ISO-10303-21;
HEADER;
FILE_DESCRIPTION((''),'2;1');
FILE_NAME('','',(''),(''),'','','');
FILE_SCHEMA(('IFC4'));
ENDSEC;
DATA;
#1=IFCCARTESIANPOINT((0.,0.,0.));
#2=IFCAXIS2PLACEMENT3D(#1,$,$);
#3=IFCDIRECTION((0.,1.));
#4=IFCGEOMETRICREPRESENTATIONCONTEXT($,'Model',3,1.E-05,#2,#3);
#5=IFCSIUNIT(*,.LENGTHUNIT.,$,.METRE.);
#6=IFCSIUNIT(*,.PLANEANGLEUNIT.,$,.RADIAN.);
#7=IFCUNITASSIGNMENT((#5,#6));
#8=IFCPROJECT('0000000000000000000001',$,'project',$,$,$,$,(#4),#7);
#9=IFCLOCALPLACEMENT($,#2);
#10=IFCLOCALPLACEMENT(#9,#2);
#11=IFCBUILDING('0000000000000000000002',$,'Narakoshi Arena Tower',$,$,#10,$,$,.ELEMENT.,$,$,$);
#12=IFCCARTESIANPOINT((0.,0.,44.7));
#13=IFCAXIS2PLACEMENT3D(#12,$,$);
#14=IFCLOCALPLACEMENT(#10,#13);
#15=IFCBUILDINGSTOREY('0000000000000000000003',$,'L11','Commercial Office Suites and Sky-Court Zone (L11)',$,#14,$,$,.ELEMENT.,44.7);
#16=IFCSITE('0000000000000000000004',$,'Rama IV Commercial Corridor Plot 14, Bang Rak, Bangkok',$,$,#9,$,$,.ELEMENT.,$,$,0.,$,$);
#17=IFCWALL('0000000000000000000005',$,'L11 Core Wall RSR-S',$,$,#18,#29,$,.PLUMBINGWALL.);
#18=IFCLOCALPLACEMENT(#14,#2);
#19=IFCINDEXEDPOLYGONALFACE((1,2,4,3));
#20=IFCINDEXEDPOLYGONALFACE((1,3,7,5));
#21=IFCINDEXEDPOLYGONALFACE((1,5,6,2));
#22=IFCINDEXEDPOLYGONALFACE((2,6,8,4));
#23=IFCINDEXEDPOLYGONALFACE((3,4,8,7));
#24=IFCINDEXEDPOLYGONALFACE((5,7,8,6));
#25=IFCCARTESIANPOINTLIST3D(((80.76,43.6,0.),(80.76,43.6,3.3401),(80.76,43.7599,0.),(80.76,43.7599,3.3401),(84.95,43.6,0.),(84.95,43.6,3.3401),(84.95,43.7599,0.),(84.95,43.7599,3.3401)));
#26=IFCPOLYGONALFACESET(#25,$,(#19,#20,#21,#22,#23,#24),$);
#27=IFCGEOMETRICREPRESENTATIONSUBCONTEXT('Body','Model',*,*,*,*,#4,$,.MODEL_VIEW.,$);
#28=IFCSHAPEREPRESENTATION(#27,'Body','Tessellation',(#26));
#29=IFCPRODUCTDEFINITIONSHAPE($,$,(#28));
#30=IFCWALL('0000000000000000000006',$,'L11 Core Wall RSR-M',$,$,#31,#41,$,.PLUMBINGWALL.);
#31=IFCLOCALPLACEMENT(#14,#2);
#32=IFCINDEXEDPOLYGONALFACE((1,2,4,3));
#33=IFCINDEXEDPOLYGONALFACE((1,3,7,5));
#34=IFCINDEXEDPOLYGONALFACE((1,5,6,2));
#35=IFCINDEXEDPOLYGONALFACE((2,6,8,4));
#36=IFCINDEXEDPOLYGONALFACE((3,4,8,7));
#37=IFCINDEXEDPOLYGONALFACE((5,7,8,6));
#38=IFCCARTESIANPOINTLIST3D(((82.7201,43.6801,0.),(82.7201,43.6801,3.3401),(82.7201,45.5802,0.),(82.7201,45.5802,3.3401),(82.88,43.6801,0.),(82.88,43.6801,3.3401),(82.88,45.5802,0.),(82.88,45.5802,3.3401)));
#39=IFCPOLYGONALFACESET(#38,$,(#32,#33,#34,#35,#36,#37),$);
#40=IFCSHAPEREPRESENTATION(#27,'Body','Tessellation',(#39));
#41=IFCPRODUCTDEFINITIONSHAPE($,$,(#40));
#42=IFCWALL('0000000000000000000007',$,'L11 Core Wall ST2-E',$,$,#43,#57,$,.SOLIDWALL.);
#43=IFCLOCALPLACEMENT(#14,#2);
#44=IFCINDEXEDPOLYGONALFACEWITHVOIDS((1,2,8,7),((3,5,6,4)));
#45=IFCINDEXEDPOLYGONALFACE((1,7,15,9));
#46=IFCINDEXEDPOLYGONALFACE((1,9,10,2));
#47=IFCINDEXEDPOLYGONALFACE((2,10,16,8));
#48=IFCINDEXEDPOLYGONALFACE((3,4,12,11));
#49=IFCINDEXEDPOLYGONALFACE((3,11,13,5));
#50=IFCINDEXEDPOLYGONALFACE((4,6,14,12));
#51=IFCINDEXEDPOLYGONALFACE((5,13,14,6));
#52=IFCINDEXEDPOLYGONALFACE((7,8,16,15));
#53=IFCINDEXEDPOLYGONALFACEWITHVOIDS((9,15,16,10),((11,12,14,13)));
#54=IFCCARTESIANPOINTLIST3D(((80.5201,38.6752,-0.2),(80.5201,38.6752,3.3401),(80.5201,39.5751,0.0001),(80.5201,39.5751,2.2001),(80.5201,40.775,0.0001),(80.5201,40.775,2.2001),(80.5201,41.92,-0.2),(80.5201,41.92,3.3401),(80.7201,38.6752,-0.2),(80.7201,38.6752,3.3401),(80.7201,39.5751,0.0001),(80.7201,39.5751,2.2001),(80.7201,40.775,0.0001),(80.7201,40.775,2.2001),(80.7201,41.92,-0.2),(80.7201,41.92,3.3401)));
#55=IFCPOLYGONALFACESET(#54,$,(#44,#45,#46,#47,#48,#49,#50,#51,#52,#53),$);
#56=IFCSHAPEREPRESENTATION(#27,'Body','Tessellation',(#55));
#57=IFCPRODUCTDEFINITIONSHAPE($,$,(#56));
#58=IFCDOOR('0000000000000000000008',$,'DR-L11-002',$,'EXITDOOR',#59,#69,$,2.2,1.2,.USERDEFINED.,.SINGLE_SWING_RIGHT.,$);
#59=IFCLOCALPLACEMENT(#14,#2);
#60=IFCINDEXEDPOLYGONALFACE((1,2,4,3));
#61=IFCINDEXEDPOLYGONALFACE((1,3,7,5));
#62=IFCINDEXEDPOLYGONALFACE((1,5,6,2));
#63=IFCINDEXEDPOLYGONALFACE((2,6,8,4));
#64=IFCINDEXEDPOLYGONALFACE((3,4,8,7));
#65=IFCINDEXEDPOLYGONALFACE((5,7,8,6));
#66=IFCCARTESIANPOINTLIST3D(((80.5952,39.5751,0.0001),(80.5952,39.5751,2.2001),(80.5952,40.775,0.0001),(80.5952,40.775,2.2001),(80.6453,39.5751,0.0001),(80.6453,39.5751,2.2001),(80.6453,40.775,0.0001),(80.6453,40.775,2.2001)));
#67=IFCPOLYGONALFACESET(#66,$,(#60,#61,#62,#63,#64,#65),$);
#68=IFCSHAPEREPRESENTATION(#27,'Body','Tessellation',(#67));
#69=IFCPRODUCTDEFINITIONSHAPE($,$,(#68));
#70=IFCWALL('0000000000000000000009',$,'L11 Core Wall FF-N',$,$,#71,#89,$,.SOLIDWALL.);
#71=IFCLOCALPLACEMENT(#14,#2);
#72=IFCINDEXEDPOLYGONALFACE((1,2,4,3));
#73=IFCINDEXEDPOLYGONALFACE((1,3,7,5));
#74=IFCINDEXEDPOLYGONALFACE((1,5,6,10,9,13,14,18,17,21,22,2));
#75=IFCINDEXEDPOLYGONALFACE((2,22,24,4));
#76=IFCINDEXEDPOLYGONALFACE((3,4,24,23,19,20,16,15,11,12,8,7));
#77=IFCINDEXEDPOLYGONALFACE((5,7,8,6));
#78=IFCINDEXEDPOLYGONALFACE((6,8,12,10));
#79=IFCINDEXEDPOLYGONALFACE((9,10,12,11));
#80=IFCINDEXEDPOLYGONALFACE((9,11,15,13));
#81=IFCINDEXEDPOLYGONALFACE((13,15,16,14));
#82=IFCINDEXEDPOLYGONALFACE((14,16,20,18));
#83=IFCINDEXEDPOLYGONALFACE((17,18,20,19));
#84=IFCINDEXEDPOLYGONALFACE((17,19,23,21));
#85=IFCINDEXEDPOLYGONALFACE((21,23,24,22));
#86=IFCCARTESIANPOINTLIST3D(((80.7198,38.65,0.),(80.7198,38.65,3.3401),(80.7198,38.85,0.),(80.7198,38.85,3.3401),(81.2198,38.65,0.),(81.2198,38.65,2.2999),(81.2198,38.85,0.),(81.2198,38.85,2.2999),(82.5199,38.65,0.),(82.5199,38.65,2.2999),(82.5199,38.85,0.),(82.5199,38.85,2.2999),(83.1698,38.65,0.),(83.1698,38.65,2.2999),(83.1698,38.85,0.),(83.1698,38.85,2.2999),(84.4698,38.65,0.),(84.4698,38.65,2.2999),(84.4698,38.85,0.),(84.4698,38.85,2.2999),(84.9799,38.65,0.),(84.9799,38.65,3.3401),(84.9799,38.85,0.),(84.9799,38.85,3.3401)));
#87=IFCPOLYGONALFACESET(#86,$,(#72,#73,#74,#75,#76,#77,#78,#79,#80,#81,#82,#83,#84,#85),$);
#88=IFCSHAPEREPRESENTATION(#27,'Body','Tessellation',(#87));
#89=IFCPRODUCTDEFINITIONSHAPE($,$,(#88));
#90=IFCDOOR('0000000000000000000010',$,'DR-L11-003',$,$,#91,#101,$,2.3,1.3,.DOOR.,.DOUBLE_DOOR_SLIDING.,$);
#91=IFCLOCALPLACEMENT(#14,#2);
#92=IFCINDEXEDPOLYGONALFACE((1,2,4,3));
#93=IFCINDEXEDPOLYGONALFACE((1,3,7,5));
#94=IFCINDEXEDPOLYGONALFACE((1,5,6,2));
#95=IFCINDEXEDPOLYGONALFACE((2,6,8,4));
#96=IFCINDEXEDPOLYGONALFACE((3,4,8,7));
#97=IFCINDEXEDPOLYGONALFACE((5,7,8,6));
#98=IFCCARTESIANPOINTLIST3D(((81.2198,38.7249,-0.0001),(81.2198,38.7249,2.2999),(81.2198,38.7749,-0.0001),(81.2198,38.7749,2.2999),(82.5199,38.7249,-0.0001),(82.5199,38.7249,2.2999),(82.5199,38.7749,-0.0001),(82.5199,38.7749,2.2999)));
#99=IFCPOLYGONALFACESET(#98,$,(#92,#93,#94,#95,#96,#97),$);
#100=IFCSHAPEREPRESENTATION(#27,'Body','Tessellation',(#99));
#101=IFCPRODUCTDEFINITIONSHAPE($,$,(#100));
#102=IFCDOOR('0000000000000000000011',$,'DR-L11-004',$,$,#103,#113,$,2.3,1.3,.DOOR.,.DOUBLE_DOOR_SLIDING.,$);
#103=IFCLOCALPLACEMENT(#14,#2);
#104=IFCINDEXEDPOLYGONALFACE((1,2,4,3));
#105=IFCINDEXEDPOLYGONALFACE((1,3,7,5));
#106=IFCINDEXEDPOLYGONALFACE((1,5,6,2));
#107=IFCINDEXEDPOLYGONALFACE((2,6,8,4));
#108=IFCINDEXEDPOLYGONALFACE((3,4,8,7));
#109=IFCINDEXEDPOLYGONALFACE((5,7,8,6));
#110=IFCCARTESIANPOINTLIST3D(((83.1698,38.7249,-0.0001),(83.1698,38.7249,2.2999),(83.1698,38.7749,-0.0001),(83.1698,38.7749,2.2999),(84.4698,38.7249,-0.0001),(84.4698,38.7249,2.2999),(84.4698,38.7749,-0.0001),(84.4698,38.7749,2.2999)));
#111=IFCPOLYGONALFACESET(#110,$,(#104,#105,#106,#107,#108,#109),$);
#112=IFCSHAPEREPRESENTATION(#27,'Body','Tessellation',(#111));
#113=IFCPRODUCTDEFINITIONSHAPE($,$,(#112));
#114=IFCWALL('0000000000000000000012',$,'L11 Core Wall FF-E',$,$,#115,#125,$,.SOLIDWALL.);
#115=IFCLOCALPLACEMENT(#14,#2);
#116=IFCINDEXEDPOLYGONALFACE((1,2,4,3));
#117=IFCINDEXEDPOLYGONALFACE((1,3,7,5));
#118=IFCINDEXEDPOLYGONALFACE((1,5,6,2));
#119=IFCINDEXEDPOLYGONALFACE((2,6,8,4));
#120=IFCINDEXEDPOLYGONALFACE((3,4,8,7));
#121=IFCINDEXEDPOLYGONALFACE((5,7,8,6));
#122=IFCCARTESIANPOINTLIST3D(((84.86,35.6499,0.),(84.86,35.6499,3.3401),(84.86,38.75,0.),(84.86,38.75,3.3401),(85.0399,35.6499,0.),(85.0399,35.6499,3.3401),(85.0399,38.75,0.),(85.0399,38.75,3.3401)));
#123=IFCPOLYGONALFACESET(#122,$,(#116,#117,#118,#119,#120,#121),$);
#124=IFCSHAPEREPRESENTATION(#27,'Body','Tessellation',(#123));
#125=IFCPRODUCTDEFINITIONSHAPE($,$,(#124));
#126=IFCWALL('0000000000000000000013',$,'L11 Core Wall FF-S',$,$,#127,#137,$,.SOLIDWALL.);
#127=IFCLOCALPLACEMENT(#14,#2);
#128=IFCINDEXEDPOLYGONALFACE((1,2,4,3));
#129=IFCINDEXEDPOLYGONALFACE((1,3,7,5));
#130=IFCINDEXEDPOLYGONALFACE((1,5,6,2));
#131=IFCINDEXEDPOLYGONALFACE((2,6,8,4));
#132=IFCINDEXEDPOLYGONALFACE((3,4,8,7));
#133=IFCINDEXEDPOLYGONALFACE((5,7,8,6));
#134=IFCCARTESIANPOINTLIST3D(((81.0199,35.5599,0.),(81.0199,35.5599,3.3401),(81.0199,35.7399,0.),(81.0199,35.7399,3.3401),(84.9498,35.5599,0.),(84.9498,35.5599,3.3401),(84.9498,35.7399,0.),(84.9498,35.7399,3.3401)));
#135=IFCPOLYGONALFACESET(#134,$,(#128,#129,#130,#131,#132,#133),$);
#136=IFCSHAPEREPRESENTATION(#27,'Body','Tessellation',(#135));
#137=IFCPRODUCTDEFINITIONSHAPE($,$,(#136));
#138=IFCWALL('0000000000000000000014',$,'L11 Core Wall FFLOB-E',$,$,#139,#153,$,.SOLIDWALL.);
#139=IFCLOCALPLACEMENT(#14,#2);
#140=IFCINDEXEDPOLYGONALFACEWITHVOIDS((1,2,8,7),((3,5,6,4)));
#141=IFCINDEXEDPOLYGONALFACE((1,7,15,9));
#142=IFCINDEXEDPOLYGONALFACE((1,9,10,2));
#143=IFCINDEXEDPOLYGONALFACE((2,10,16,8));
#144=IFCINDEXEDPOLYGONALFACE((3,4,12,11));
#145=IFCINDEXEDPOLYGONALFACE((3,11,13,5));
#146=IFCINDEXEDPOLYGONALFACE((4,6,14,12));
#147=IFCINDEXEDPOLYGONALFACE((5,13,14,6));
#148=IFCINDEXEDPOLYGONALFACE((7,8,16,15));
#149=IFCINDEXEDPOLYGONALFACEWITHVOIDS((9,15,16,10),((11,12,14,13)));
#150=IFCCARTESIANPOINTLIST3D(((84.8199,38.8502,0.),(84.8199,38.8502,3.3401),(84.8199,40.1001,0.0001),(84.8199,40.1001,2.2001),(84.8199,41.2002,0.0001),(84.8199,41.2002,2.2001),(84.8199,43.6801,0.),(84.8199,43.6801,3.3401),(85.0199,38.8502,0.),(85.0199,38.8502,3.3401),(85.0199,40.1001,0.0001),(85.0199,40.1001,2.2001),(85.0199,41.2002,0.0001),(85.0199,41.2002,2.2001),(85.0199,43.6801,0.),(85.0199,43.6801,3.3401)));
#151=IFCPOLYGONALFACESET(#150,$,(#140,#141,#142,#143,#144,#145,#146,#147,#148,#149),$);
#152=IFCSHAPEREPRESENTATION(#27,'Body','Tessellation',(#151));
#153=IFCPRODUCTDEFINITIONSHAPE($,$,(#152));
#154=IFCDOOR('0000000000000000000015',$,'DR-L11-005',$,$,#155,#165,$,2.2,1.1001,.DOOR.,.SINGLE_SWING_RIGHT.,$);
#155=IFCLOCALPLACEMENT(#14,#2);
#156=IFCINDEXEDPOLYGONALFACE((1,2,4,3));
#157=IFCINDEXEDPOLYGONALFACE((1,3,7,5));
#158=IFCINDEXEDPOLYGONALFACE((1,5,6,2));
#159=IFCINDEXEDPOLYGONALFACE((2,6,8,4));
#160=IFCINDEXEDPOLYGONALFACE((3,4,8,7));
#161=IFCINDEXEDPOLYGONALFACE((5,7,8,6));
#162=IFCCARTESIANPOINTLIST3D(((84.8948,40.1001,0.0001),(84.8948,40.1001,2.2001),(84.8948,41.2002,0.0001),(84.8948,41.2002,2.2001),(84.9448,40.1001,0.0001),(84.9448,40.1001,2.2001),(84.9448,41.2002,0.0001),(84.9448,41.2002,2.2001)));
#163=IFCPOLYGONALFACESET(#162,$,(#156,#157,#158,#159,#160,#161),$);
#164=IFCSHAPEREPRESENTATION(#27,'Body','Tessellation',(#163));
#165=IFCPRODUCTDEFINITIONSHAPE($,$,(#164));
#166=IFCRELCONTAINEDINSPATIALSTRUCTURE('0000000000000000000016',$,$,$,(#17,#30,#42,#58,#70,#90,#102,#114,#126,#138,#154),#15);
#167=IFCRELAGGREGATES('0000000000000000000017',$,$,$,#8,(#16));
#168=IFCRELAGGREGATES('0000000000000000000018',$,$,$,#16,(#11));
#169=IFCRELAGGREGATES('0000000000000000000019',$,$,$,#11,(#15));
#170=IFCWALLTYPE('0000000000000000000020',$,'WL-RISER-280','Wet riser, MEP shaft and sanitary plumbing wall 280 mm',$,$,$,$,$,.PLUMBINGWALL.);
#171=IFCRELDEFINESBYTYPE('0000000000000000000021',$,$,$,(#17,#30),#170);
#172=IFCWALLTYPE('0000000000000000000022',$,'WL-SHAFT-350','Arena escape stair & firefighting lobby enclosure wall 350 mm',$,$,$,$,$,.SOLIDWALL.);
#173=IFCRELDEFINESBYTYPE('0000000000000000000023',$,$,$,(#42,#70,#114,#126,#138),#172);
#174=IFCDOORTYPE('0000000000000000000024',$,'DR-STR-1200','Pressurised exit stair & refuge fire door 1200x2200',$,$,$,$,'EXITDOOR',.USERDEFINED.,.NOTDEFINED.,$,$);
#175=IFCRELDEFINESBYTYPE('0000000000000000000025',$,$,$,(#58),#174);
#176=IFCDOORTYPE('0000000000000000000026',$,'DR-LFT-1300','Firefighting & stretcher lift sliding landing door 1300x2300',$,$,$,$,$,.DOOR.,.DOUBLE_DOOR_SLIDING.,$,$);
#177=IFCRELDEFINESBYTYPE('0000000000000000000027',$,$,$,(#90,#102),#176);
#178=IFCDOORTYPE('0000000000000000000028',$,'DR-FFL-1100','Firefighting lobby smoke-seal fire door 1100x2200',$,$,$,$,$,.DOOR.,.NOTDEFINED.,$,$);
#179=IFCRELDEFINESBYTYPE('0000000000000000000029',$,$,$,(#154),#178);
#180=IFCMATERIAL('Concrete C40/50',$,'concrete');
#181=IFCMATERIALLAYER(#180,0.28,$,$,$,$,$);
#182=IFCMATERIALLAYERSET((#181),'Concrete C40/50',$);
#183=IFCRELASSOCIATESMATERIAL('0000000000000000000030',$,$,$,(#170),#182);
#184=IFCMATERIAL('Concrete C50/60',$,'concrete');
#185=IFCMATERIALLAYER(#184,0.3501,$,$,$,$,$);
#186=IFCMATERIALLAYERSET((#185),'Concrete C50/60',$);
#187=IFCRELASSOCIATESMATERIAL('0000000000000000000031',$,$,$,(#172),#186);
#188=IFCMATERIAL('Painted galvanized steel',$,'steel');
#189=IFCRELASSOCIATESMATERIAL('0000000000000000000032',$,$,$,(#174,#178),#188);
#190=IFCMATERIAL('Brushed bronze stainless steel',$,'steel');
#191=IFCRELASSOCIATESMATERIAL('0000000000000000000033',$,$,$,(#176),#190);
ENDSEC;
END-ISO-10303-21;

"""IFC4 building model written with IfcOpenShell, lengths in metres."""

from ifc_helpers import new_model, si_unit, direction, frame, frame_2d, origin, place, context, subcontext, project, spatial, rectangle, extrude, material, layer, layer_set, type_object, element, fill, save


model = new_model("IFC4")

# Units and contexts
model_context = context("Model", 3, precision=1e-05, world=origin(), true_north=direction((0.0, 1.0)))
body_context = subcontext(model_context, "Body", "Model", "MODEL_VIEW")
ifc_project = project(units=[si_unit("LENGTHUNIT", "METRE"), si_unit("PLANEANGLEUNIT", "RADIAN")], contexts=[model_context])

# Site, building, storey
site_placement = place(None, origin())
site = spatial("IfcSite", under=ifc_project, at=site_placement, Name="Rama IV Commercial Corridor Plot 14, Bang Rak, Bangkok", CompositionType="ELEMENT", RefElevation=0.0)
building_placement = place(site_placement, origin())
building = spatial("IfcBuilding", under=site, at=building_placement, Name="Narakoshi Arena Tower", CompositionType="ELEMENT")
storey_placement = place(building_placement, frame((0.0, 0.0, 44.7)))
storey = spatial("IfcBuildingStorey", under=building, at=storey_placement, Name="L11", Description="Commercial Office Suites and Sky-Court Zone (L11)", CompositionType="ELEMENT", Elevation=44.7)

# Walls
ifc_material_1 = material(Name="Concrete C40/50", Category="concrete")
ifc_layer_1 = layer(ifc_material_1, 0.28)
ifc_layer_set_1 = layer_set([ifc_layer_1], Name="Concrete C40/50")
wall_type_1 = type_object("IfcWallType", Name="WL-RISER-280", Description="Wet riser, MEP shaft and sanitary plumbing wall 280 mm", PredefinedType="PLUMBINGWALL", material=ifc_layer_set_1)
wall_1_placement = place(storey_placement, frame((80.76, 43.6799, 0.0), z_axis=(0.0, 0.0, 1.0), x_axis=(1.0, 0.0, 0.0)))
element("IfcWall", 1, at=wall_1_placement, inside=storey, type_object=wall_type_1, Name="L11 Core Wall RSR-S", PredefinedType="PLUMBINGWALL", context=body_context, shape_type="SweptSolid", body=[
    extrude(rectangle(XDim=4.1899, YDim=0.1599, at=frame_2d((2.095, 0.0))), origin(), (0.0, 0.0, 1.0), 3.3401),
])
wall_2_placement = place(storey_placement, frame((82.8, 43.6799, 0.0), z_axis=(0.0, 0.0, 1.0), x_axis=(0.0, 1.0, 0.0)))
element("IfcWall", 2, at=wall_2_placement, inside=storey, type_object=wall_type_1, Name="L11 Core Wall RSR-M", PredefinedType="PLUMBINGWALL", context=body_context, shape_type="SweptSolid", body=[
    extrude(rectangle(XDim=1.9001, YDim=0.1599, at=frame_2d((0.9502, 0.0))), origin(), (0.0, 0.0, 1.0), 3.3401),
])

# Wall, opening, door
ifc_material_2 = material(Name="Concrete C50/60", Category="concrete")
ifc_layer_2 = layer(ifc_material_2, 0.3501)
ifc_layer_set_2 = layer_set([ifc_layer_2], Name="Concrete C50/60")
wall_type_2 = type_object("IfcWallType", Name="WL-SHAFT-350", Description="Arena escape stair & firefighting lobby enclosure wall 350 mm", PredefinedType="SOLIDWALL", material=ifc_layer_set_2)
wall_3_placement = place(storey_placement, frame((80.6201, 38.675, -0.2), z_axis=(0.0, 0.0, 1.0), x_axis=(0.0, 1.0, 0.0)))
wall_3 = element("IfcWall", 3, at=wall_3_placement, inside=storey, type_object=wall_type_2, Name="L11 Core Wall ST2-E", PredefinedType="SOLIDWALL", context=body_context, shape_type="SweptSolid", body=[
    extrude(rectangle(XDim=3.2449, YDim=0.2, at=frame_2d((1.6226, 0.0))), origin(), (0.0, 0.0, 1.0), 3.54),
])
opening_1_placement = place(wall_3_placement, frame((0.8999, 0.0, 0.2)))
opening_1 = element("IfcOpeningElement", 4, at=opening_1_placement, cuts=wall_3, PredefinedType="OPENING", context=body_context, shape_type="SweptSolid", body=[
    extrude(rectangle(XDim=1.2, YDim=2.2, at=frame_2d((0.6001, 1.1001))), frame((0.0, 0.1099, 0.0), z_axis=(0.0, -1.0, 0.0), x_axis=(1.0, 0.0, 0.0)), (0.0, 0.0, 1.0), 0.22),
])
ifc_material_3 = material(Name="Painted galvanized steel", Category="steel")
door_type_1 = type_object("IfcDoorType", Name="DR-STR-1200", Description="Pressurised exit stair & refuge fire door 1200x2200", ElementType="EXITDOOR", OperationType="NOTDEFINED", PredefinedType="USERDEFINED", material=ifc_material_3)
door_1_placement = place(opening_1_placement, origin())
door_1 = element("IfcDoor", 5, at=door_1_placement, inside=storey, type_object=door_type_1, Name="DR-L11-002", ObjectType="EXITDOOR", OperationType="SINGLE_SWING_RIGHT", OverallHeight=2.2, OverallWidth=1.2, PredefinedType="USERDEFINED", context=body_context, shape_type="SweptSolid", body=[
    extrude(rectangle(XDim=1.2, YDim=2.2, at=frame_2d((0.6001, 1.1001))), frame((0.0, 0.0249, 0.0), z_axis=(0.0, -1.0, 0.0), x_axis=(1.0, 0.0, 0.0)), (0.0, 0.0, 1.0), 0.05),
])
fill(opening_1, door_1)

# Wall, openings, doors
wall_4_placement = place(storey_placement, frame((80.72, 38.75, 0.0), z_axis=(0.0, 0.0, 1.0), x_axis=(1.0, 0.0, 0.0)))
wall_4 = element("IfcWall", 6, at=wall_4_placement, inside=storey, type_object=wall_type_2, Name="L11 Core Wall FF-N", PredefinedType="SOLIDWALL", context=body_context, shape_type="SweptSolid", body=[
    extrude(rectangle(XDim=4.26, YDim=0.2, at=frame_2d((2.1299, 0.0))), origin(), (0.0, 0.0, 1.0), 3.3401),
])
opening_2_placement = place(wall_4_placement, frame((0.5, 0.0, 0.0)))
opening_2 = element("IfcOpeningElement", 7, at=opening_2_placement, cuts=wall_4, PredefinedType="OPENING", context=body_context, shape_type="SweptSolid", body=[
    extrude(rectangle(XDim=1.3, YDim=2.3, at=frame_2d((0.6499, 1.1499))), frame((0.0, 0.1099, 0.0), z_axis=(0.0, -1.0, 0.0), x_axis=(1.0, 0.0, 0.0)), (0.0, 0.0, 1.0), 0.22),
])
opening_3_placement = place(wall_4_placement, frame((2.45, 0.0, 0.0)))
opening_3 = element("IfcOpeningElement", 8, at=opening_3_placement, cuts=wall_4, PredefinedType="OPENING", context=body_context, shape_type="SweptSolid", body=[
    extrude(rectangle(XDim=1.3, YDim=2.3, at=frame_2d((0.6499, 1.1499))), frame((0.0, 0.1099, 0.0), z_axis=(0.0, -1.0, 0.0), x_axis=(1.0, 0.0, 0.0)), (0.0, 0.0, 1.0), 0.22),
])
ifc_material_4 = material(Name="Brushed bronze stainless steel", Category="steel")
door_type_2 = type_object("IfcDoorType", Name="DR-LFT-1300", Description="Firefighting & stretcher lift sliding landing door 1300x2300", OperationType="DOUBLE_DOOR_SLIDING", PredefinedType="DOOR", material=ifc_material_4)
door_2_placement = place(opening_2_placement, origin())
door_2 = element("IfcDoor", 9, at=door_2_placement, inside=storey, type_object=door_type_2, Name="DR-L11-003", OperationType="DOUBLE_DOOR_SLIDING", OverallHeight=2.3, OverallWidth=1.3, PredefinedType="DOOR", context=body_context, shape_type="SweptSolid", body=[
    extrude(rectangle(XDim=1.3, YDim=2.3, at=frame_2d((0.6499, 1.1499))), frame((0.0, 0.0249, 0.0), z_axis=(0.0, -1.0, 0.0), x_axis=(1.0, 0.0, 0.0)), (0.0, 0.0, 1.0), 0.05),
])
fill(opening_2, door_2)
door_3_placement = place(opening_3_placement, origin())
door_3 = element("IfcDoor", 10, at=door_3_placement, inside=storey, type_object=door_type_2, Name="DR-L11-004", OperationType="DOUBLE_DOOR_SLIDING", OverallHeight=2.3, OverallWidth=1.3, PredefinedType="DOOR", context=body_context, shape_type="SweptSolid", body=[
    extrude(rectangle(XDim=1.3, YDim=2.3, at=frame_2d((0.6499, 1.1499))), frame((0.0, 0.0249, 0.0), z_axis=(0.0, -1.0, 0.0), x_axis=(1.0, 0.0, 0.0)), (0.0, 0.0, 1.0), 0.05),
])
fill(opening_3, door_3)

# Walls
wall_5_placement = place(storey_placement, frame((84.95, 35.6499, 0.0), z_axis=(0.0, 0.0, 1.0), x_axis=(0.0, 1.0, 0.0)))
element("IfcWall", 11, at=wall_5_placement, inside=storey, type_object=wall_type_2, Name="L11 Core Wall FF-E", PredefinedType="SOLIDWALL", context=body_context, shape_type="SweptSolid", body=[
    extrude(rectangle(XDim=3.1001, YDim=0.1799, at=frame_2d((1.55, 0.0))), origin(), (0.0, 0.0, 1.0), 3.3401),
])
wall_6_placement = place(storey_placement, frame((81.02, 35.6499, 0.0), z_axis=(0.0, 0.0, 1.0), x_axis=(1.0, 0.0, 0.0)))
element("IfcWall", 12, at=wall_6_placement, inside=storey, type_object=wall_type_2, Name="L11 Core Wall FF-S", PredefinedType="SOLIDWALL", context=body_context, shape_type="SweptSolid", body=[
    extrude(rectangle(XDim=3.9299, YDim=0.1799, at=frame_2d((1.9648, 0.0))), origin(), (0.0, 0.0, 1.0), 3.3401),
])

# Wall, opening, door
wall_7_placement = place(storey_placement, frame((84.9199, 38.8501, 0.0), z_axis=(0.0, 0.0, 1.0), x_axis=(0.0, 1.0, 0.0)))
wall_7 = element("IfcWall", 13, at=wall_7_placement, inside=storey, type_object=wall_type_2, Name="L11 Core Wall FFLOB-E", PredefinedType="SOLIDWALL", context=body_context, shape_type="SweptSolid", body=[
    extrude(rectangle(XDim=4.8298, YDim=0.2, at=frame_2d((2.415, 0.0))), origin(), (0.0, 0.0, 1.0), 3.3401),
])
opening_4_placement = place(wall_7_placement, frame((1.25, 0.0, 0.0)))
opening_4 = element("IfcOpeningElement", 14, at=opening_4_placement, cuts=wall_7, PredefinedType="OPENING", context=body_context, shape_type="SweptSolid", body=[
    extrude(rectangle(XDim=1.1001, YDim=2.2, at=frame_2d((0.55, 1.1001))), frame((0.0, 0.1099, 0.0), z_axis=(0.0, -1.0, 0.0), x_axis=(1.0, 0.0, 0.0)), (0.0, 0.0, 1.0), 0.22),
])
door_type_3 = type_object("IfcDoorType", Name="DR-FFL-1100", Description="Firefighting lobby smoke-seal fire door 1100x2200", OperationType="NOTDEFINED", PredefinedType="DOOR", material=ifc_material_3)
door_4_placement = place(opening_4_placement, frame((1.1001, 0.0, 0.0), z_axis=(0.0, 0.0, 1.0), x_axis=(-1.0, 0.0, 0.0)))
door_4 = element("IfcDoor", 15, at=door_4_placement, inside=storey, type_object=door_type_3, Name="DR-L11-005", OperationType="SINGLE_SWING_RIGHT", OverallHeight=2.2, OverallWidth=1.1001, PredefinedType="DOOR", context=body_context, shape_type="SweptSolid", body=[
    extrude(rectangle(XDim=1.1001, YDim=2.2, at=frame_2d((0.55, 1.1001))), frame((0.0, 0.0249, 0.0), z_axis=(0.0, -1.0, 0.0), x_axis=(1.0, 0.0, 0.0)), (0.0, 0.0, 1.0), 0.05),
])
fill(opening_4, door_4)

save(model, "model.ifc")
